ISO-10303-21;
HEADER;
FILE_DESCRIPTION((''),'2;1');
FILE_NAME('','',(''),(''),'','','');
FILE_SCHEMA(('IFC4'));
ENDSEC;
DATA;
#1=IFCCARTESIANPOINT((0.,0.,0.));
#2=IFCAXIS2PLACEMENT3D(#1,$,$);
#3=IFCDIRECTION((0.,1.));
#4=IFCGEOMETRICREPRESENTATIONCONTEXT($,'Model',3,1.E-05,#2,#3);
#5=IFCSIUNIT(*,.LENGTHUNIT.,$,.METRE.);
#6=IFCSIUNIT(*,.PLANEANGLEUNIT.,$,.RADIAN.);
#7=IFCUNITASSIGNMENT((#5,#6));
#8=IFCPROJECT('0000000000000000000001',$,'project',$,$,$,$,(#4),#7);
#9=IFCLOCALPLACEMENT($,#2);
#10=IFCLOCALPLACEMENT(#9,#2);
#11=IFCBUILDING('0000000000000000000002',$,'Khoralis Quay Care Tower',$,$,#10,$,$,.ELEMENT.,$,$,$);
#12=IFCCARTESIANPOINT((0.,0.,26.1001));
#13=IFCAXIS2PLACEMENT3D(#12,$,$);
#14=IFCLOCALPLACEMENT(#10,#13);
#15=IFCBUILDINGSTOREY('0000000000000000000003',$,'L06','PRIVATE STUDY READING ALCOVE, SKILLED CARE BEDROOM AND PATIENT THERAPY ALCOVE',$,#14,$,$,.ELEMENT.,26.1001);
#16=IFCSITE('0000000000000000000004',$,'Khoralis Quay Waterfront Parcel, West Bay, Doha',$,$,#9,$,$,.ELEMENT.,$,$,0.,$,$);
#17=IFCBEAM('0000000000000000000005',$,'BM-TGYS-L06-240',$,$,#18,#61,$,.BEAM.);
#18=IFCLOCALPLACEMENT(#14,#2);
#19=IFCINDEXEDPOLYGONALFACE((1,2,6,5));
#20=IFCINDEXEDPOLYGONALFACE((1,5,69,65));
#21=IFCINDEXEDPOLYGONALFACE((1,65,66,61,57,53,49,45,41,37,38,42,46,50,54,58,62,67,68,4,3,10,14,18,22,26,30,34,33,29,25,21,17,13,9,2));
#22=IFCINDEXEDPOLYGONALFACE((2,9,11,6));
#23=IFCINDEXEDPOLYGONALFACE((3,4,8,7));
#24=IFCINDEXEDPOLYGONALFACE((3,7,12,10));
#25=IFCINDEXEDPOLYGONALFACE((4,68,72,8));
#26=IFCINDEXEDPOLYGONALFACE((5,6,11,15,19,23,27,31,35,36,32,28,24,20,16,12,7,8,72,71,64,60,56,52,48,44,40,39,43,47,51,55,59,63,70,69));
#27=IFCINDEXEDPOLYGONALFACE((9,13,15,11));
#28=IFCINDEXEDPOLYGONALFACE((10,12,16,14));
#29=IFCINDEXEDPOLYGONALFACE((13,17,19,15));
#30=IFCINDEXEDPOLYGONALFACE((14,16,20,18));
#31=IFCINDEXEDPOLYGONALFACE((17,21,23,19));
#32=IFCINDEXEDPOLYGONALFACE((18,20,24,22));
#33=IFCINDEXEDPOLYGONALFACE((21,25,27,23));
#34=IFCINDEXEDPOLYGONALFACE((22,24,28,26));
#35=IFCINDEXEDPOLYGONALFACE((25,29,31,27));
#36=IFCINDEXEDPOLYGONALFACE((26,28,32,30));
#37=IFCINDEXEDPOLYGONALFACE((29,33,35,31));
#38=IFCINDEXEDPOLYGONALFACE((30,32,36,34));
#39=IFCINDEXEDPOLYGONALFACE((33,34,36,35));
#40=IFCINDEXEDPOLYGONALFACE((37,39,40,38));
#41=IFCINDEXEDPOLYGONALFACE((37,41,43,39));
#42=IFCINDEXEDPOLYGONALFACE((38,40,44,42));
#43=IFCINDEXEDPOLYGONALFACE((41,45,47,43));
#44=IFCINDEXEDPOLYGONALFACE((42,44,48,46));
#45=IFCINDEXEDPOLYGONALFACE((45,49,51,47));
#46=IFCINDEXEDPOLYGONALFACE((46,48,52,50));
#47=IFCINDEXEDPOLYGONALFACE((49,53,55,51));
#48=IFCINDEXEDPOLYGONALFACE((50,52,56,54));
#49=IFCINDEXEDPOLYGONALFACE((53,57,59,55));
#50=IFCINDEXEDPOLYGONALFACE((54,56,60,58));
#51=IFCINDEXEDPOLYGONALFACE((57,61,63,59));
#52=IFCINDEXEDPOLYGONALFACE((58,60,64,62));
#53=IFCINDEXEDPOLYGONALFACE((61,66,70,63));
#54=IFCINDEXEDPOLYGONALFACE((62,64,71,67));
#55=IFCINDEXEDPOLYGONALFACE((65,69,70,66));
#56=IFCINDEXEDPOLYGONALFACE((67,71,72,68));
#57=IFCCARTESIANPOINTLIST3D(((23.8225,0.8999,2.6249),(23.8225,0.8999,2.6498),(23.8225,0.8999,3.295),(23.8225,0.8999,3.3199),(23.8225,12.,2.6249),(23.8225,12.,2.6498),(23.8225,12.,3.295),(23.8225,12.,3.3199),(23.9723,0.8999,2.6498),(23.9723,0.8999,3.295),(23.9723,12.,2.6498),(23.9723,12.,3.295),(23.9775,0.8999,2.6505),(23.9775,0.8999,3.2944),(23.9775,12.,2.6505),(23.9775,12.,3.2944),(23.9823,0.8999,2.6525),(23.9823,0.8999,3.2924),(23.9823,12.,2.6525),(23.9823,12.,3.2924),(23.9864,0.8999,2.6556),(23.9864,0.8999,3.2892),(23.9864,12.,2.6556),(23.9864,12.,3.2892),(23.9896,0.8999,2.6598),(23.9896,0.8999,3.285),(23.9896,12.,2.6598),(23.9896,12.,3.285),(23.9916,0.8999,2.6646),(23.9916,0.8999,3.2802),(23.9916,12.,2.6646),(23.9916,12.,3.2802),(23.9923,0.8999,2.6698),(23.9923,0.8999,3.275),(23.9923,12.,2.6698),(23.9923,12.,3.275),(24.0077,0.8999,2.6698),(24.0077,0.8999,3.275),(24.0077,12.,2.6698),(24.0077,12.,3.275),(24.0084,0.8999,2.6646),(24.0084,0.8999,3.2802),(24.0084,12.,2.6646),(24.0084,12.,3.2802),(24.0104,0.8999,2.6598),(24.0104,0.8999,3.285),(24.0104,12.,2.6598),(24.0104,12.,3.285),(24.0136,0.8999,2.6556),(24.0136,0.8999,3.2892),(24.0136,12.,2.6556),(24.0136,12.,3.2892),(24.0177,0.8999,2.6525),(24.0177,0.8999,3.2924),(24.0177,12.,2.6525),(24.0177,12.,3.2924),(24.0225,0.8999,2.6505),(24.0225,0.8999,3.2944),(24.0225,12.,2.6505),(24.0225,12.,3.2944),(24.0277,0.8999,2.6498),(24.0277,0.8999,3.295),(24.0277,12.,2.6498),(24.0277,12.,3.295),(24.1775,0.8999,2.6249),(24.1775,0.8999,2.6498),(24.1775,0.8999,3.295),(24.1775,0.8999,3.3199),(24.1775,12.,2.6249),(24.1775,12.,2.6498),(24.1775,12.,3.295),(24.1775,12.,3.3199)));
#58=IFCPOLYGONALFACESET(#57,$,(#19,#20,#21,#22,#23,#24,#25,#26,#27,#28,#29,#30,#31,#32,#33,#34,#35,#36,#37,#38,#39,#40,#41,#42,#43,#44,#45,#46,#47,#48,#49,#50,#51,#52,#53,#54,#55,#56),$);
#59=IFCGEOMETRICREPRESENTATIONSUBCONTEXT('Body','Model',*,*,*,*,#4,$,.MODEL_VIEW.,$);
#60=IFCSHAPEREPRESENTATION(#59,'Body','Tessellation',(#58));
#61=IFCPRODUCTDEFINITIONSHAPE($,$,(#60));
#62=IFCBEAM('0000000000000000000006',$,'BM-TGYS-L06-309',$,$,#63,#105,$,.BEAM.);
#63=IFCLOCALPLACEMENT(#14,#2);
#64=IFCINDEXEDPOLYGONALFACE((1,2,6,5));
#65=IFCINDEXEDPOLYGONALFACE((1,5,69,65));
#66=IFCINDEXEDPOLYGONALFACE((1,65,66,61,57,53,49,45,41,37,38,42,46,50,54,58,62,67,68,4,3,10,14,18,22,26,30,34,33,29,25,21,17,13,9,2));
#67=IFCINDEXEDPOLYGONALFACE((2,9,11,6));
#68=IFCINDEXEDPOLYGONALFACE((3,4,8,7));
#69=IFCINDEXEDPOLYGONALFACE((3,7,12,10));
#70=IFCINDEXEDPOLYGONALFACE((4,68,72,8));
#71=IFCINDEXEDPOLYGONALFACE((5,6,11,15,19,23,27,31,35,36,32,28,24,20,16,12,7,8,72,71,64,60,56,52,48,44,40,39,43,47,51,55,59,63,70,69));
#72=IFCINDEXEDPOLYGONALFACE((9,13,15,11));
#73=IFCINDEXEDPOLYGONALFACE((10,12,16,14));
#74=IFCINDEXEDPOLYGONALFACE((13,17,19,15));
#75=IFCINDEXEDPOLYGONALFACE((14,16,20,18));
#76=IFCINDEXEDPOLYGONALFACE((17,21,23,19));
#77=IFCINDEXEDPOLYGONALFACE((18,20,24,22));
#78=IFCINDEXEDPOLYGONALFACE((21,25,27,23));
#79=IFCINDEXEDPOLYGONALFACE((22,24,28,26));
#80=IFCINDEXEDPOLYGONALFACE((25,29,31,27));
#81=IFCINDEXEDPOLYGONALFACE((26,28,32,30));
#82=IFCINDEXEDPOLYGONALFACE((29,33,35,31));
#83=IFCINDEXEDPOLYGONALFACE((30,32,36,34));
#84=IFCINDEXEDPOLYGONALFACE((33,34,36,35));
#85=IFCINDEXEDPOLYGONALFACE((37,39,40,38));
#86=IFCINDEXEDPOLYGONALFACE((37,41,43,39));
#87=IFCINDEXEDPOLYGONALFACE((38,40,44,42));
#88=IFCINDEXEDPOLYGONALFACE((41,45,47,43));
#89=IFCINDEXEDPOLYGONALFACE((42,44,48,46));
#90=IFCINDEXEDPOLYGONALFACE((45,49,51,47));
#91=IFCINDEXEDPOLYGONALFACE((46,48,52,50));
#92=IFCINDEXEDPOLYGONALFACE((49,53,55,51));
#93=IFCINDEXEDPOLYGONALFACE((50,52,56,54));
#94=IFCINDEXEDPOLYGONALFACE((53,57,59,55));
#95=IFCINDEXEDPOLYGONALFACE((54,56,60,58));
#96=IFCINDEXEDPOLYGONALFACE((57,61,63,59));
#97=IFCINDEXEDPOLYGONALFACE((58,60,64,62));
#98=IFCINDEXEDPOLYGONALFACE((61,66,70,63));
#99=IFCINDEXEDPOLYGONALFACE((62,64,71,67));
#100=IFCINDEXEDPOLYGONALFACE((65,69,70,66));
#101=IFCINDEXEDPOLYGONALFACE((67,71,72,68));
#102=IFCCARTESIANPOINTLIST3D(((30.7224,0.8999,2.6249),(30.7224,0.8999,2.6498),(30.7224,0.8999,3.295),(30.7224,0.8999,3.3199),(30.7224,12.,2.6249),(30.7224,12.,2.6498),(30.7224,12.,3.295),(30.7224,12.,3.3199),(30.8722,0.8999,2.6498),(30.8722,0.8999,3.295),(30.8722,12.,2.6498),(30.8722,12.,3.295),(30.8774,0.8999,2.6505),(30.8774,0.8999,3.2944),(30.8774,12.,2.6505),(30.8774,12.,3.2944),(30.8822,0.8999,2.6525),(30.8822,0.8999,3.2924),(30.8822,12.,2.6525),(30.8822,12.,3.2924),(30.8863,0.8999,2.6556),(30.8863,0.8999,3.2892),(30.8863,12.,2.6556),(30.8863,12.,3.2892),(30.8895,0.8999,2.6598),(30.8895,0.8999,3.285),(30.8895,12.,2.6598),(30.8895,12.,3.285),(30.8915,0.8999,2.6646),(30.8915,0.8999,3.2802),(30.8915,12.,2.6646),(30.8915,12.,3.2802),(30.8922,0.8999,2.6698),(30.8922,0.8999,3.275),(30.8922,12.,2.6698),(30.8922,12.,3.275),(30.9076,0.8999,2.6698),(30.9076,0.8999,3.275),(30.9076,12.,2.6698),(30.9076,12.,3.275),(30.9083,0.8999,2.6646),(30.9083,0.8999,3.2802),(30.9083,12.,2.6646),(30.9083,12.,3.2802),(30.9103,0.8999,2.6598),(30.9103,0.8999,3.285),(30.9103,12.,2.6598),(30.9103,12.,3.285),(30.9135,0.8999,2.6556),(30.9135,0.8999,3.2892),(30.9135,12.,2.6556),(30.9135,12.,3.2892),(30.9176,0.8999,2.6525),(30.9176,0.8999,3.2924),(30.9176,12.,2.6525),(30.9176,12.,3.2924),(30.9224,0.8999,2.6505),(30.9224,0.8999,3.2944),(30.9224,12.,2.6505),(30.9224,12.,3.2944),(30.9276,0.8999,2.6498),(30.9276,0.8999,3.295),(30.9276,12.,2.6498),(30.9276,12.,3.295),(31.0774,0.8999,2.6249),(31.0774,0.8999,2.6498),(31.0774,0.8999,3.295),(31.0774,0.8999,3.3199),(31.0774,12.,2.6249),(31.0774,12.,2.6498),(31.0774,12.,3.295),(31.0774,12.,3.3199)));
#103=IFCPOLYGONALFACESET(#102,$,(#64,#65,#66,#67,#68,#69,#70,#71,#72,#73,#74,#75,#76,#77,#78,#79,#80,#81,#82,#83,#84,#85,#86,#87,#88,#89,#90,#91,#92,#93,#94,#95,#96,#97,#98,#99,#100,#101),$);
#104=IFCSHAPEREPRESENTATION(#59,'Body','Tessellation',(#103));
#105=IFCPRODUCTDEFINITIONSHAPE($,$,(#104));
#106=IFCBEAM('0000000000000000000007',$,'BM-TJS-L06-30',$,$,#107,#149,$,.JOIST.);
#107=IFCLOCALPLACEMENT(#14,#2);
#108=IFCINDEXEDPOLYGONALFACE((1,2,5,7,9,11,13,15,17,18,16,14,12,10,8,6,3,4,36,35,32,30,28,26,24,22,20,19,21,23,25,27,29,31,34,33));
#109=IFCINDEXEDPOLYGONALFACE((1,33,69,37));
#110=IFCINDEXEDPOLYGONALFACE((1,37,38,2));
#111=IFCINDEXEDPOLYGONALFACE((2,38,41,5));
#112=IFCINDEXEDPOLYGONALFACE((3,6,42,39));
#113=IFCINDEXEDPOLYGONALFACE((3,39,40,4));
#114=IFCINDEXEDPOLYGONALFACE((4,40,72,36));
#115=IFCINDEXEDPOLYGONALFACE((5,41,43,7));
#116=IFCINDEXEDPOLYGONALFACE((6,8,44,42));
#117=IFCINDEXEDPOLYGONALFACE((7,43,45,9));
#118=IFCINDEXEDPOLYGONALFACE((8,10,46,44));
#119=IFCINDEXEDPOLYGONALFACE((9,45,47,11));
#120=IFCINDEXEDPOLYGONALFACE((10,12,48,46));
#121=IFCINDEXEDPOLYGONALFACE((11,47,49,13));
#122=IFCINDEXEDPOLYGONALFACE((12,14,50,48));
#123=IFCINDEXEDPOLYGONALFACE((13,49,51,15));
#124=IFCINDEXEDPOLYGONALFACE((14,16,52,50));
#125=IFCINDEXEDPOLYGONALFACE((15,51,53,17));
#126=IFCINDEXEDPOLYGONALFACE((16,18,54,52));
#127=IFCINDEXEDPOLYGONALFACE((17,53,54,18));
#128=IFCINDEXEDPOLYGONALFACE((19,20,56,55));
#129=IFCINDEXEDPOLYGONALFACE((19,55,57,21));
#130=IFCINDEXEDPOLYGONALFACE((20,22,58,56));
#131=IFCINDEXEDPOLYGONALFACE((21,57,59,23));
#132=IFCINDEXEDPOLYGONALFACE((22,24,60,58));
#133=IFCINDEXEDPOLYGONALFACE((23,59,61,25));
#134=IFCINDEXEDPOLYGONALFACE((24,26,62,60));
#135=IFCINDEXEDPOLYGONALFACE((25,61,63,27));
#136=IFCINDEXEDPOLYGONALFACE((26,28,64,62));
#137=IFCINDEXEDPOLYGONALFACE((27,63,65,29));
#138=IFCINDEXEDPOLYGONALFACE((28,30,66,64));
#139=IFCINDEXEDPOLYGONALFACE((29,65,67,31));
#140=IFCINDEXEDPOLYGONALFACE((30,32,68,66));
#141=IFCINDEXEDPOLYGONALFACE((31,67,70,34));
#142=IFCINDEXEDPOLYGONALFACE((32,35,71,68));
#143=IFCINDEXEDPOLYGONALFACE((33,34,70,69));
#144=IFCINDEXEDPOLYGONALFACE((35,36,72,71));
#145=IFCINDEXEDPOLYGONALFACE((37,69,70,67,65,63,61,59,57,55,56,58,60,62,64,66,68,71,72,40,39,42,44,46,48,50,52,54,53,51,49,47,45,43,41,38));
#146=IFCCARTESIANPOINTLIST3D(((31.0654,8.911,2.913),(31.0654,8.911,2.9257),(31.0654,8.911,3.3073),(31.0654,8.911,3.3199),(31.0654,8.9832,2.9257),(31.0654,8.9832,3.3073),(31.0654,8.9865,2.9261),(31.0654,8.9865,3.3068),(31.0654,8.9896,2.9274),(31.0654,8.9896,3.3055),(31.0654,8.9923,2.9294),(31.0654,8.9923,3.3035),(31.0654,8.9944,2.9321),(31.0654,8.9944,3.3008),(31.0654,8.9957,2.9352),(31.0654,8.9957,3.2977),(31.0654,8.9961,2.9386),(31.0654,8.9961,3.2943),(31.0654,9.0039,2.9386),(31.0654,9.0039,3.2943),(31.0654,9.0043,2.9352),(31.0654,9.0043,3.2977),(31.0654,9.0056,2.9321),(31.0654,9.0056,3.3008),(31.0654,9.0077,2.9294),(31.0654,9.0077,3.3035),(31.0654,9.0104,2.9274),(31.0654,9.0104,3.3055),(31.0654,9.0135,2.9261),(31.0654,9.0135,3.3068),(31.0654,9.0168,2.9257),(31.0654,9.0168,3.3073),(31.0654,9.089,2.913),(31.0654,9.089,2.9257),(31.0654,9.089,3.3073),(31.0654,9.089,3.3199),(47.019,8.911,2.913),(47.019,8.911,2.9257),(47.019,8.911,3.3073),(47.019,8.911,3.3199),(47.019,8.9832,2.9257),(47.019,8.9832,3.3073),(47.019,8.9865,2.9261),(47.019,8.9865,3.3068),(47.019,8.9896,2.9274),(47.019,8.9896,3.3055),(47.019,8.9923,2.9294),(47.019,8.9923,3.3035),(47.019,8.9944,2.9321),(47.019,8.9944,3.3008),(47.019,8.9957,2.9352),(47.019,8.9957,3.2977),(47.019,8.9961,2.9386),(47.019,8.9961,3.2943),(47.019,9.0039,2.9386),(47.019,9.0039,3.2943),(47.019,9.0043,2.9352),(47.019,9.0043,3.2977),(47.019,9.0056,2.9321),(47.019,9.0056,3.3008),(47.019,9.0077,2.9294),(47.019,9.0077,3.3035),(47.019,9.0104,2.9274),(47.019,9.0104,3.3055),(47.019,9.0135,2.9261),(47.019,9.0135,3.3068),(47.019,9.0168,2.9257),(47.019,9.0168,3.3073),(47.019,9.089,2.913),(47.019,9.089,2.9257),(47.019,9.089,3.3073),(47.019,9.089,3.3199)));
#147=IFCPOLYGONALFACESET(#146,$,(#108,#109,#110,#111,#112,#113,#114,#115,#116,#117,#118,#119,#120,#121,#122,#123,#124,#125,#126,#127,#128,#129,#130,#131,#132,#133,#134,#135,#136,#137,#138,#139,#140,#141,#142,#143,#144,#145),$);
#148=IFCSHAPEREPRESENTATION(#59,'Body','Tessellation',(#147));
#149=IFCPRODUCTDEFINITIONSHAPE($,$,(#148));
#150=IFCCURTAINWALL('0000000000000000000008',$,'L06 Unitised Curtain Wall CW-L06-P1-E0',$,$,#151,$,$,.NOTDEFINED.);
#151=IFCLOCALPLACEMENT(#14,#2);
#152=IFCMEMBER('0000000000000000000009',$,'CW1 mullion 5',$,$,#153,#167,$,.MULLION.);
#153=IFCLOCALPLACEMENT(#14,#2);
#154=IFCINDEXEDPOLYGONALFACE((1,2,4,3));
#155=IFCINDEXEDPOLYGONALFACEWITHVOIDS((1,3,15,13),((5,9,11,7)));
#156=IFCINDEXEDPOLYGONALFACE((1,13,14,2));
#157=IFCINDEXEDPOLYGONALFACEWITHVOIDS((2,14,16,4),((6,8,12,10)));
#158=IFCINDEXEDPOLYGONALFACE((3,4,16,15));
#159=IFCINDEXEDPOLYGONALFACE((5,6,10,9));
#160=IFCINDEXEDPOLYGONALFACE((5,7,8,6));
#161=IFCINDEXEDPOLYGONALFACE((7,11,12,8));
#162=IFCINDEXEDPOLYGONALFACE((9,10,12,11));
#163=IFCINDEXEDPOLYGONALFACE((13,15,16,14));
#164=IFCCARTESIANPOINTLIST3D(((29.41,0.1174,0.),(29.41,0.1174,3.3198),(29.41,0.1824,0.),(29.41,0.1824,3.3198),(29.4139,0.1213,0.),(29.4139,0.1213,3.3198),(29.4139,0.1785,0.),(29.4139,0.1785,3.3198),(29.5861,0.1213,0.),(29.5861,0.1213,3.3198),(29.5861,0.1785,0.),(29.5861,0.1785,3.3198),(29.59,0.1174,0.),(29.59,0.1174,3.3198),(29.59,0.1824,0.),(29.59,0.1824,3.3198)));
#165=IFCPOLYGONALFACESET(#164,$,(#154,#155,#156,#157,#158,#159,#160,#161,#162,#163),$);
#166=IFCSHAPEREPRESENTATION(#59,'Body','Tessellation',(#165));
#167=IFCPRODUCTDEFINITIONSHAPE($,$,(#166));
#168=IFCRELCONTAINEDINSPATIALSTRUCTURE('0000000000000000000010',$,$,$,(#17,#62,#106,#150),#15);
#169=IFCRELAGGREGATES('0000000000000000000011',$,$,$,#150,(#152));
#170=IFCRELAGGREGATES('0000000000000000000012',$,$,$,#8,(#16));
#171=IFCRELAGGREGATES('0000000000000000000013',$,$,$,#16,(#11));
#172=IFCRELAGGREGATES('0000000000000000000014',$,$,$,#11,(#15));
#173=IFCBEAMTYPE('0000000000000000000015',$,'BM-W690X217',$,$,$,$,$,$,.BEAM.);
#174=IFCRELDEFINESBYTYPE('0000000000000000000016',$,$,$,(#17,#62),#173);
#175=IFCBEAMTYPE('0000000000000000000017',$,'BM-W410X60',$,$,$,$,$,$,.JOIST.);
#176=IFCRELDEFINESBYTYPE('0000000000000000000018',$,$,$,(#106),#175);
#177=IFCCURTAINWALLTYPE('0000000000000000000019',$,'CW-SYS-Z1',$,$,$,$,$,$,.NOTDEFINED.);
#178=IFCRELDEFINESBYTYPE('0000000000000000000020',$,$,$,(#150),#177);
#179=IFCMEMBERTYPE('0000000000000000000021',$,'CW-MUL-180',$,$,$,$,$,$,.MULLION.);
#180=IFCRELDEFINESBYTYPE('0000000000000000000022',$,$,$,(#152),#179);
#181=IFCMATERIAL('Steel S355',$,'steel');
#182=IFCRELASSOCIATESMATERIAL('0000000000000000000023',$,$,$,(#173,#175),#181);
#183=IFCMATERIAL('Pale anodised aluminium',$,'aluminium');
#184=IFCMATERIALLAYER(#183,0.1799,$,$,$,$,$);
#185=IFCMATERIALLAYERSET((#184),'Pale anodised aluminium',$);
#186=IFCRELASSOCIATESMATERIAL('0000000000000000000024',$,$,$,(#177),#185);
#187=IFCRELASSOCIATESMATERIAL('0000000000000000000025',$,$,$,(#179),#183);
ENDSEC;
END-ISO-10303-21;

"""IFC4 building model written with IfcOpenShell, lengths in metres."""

from ifc_helpers import new_model, si_unit, direction, frame, origin, origin_2d, place, context, subcontext, project, spatial, hollow_rectangle, i_section, extrude, source, transform, mapped, material, layer, layer_set, material_profile, profile_set, type_object, element, aggregate, save


model = new_model("IFC4")

# Units and contexts
model_context = context("Model", 3, precision=1e-05, world=origin(), true_north=direction((0.0, 1.0)))
body_context = subcontext(model_context, "Body", "Model", "MODEL_VIEW")
ifc_project = project(units=[si_unit("LENGTHUNIT", "METRE"), si_unit("PLANEANGLEUNIT", "RADIAN")], contexts=[model_context])

# Site, building, storey
site_placement = place(None, origin())
site = spatial("IfcSite", under=ifc_project, at=site_placement, Name="Khoralis Quay Waterfront Parcel, West Bay, Doha", CompositionType="ELEMENT", RefElevation=0.0)
building_placement = place(site_placement, origin())
building = spatial("IfcBuilding", under=site, at=building_placement, Name="Khoralis Quay Care Tower", CompositionType="ELEMENT")
storey_placement = place(building_placement, frame((0.0, 0.0, 26.1001)))
storey = spatial("IfcBuildingStorey", under=building, at=storey_placement, Name="L06", Description="PRIVATE STUDY READING ALCOVE, SKILLED CARE BEDROOM AND PATIENT THERAPY ALCOVE", CompositionType="ELEMENT", Elevation=26.1001)

# Beams
ifc_material_1 = material(Name="Steel S355", Category="steel")
ifc_material_profile_1 = material_profile(ifc_material_1, i_section(OverallWidth=0.355, OverallDepth=0.6951, WebThickness=0.0154, FlangeThickness=0.0249, FilletRadius=0.02, at=origin_2d()), Name="Steel S355")
ifc_profile_set_1 = profile_set([ifc_material_profile_1], Name="Steel S355")
beam_type_1 = type_object("IfcBeamType", Name="BM-W690X217", PredefinedType="BEAM", material=ifc_profile_set_1)
shared_shape_1 = source(origin(), body_context, "Body", "SweptSolid", [
    extrude(i_section(OverallWidth=0.355, OverallDepth=0.6951, WebThickness=0.0154, FlangeThickness=0.0249, FilletRadius=0.02, at=origin_2d()), origin(), (0.0, 0.0, 1.0), 11.1001),
])
for number, where, z_axis, x_axis, name in (
    (1, (24.0, 0.8999, 2.9724), (0.0, 1.0, 0.0), (-1.0, 0.0, 0.0), "BM-TGYS-L06-240"),
    (2, (30.8999, 0.8999, 2.9724), (0.0, 1.0, 0.0), (-1.0, 0.0, 0.0), "BM-TGYS-L06-309"),
):
    element("IfcBeam", number, at=place(storey_placement, frame(where, z_axis=z_axis, x_axis=x_axis)), inside=storey, type_object=beam_type_1, Name=name, PredefinedType="BEAM", context=body_context, shape_type="MappedRepresentation", body=[
        mapped(shared_shape_1, transform((0.0, 0.0, 0.0), scale=1.0)),
    ])
ifc_material_profile_2 = material_profile(ifc_material_1, i_section(OverallWidth=0.178, OverallDepth=0.407, WebThickness=0.0078, FlangeThickness=0.0127, FilletRadius=0.0129, at=origin_2d()), Name="Steel S355")
ifc_profile_set_2 = profile_set([ifc_material_profile_2], Name="Steel S355")
beam_type_2 = type_object("IfcBeamType", Name="BM-W410X60", PredefinedType="JOIST", material=ifc_profile_set_2)
shared_shape_2 = source(origin(), body_context, "Body", "SweptSolid", [
    extrude(i_section(OverallWidth=0.178, OverallDepth=0.407, WebThickness=0.0078, FlangeThickness=0.0127, FilletRadius=0.0129, at=origin_2d()), origin(), (0.0, 0.0, 1.0), 15.9536),
])
beam_1_placement = place(storey_placement, frame((31.0654, 9.0, 3.1165), z_axis=(1.0, 0.0, 0.0), x_axis=(0.0, 1.0, 0.0)))
element("IfcBeam", 3, at=beam_1_placement, inside=storey, type_object=beam_type_2, Name="BM-TJS-L06-30", PredefinedType="JOIST", context=body_context, shape_type="MappedRepresentation", body=[
    mapped(shared_shape_2, transform((0.0, 0.0, 0.0), scale=1.0)),
])

# Curtain wall, member
ifc_material_2 = material(Name="Pale anodised aluminium", Category="aluminium")
ifc_layer_1 = layer(ifc_material_2, 0.1799)
ifc_layer_set_1 = layer_set([ifc_layer_1], Name="Pale anodised aluminium")
curtain_wall_type = type_object("IfcCurtainWallType", Name="CW-SYS-Z1", PredefinedType="NOTDEFINED", material=ifc_layer_set_1)
curtain_wall_placement = place(storey_placement, origin())
curtain_wall = element("IfcCurtainWall", 4, at=curtain_wall_placement, inside=storey, type_object=curtain_wall_type, Name="L06 Unitised Curtain Wall CW-L06-P1-E0", PredefinedType="NOTDEFINED")
ifc_material_profile_3 = material_profile(ifc_material_2, hollow_rectangle(XDim=0.0649, YDim=0.1799, WallThickness=0.0039, at=origin_2d()), Name="Pale anodised aluminium")
ifc_profile_set_3 = profile_set([ifc_material_profile_3], Name="Pale anodised aluminium")
member_type = type_object("IfcMemberType", Name="CW-MUL-180", PredefinedType="MULLION", material=ifc_profile_set_3)
shared_shape_3 = source(origin(), body_context, "Body", "SweptSolid", [
    extrude(hollow_rectangle(XDim=0.0649, YDim=0.1799, WallThickness=0.0039, at=origin_2d()), origin(), (0.0, 0.0, 1.0), 3.3198),
])
member_placement = place(storey_placement, frame((29.5, 0.1499, 0.0), z_axis=(0.0, 0.0, 1.0), x_axis=(0.0, 1.0, 0.0)))
member = element("IfcMember", 5, at=member_placement, type_object=member_type, Name="CW1 mullion 5", PredefinedType="MULLION", context=body_context, shape_type="MappedRepresentation", body=[
    mapped(shared_shape_3, transform((0.0, 0.0, 0.0), scale=1.0)),
])
aggregate(curtain_wall, [member])

save(model, "model.ifc")
